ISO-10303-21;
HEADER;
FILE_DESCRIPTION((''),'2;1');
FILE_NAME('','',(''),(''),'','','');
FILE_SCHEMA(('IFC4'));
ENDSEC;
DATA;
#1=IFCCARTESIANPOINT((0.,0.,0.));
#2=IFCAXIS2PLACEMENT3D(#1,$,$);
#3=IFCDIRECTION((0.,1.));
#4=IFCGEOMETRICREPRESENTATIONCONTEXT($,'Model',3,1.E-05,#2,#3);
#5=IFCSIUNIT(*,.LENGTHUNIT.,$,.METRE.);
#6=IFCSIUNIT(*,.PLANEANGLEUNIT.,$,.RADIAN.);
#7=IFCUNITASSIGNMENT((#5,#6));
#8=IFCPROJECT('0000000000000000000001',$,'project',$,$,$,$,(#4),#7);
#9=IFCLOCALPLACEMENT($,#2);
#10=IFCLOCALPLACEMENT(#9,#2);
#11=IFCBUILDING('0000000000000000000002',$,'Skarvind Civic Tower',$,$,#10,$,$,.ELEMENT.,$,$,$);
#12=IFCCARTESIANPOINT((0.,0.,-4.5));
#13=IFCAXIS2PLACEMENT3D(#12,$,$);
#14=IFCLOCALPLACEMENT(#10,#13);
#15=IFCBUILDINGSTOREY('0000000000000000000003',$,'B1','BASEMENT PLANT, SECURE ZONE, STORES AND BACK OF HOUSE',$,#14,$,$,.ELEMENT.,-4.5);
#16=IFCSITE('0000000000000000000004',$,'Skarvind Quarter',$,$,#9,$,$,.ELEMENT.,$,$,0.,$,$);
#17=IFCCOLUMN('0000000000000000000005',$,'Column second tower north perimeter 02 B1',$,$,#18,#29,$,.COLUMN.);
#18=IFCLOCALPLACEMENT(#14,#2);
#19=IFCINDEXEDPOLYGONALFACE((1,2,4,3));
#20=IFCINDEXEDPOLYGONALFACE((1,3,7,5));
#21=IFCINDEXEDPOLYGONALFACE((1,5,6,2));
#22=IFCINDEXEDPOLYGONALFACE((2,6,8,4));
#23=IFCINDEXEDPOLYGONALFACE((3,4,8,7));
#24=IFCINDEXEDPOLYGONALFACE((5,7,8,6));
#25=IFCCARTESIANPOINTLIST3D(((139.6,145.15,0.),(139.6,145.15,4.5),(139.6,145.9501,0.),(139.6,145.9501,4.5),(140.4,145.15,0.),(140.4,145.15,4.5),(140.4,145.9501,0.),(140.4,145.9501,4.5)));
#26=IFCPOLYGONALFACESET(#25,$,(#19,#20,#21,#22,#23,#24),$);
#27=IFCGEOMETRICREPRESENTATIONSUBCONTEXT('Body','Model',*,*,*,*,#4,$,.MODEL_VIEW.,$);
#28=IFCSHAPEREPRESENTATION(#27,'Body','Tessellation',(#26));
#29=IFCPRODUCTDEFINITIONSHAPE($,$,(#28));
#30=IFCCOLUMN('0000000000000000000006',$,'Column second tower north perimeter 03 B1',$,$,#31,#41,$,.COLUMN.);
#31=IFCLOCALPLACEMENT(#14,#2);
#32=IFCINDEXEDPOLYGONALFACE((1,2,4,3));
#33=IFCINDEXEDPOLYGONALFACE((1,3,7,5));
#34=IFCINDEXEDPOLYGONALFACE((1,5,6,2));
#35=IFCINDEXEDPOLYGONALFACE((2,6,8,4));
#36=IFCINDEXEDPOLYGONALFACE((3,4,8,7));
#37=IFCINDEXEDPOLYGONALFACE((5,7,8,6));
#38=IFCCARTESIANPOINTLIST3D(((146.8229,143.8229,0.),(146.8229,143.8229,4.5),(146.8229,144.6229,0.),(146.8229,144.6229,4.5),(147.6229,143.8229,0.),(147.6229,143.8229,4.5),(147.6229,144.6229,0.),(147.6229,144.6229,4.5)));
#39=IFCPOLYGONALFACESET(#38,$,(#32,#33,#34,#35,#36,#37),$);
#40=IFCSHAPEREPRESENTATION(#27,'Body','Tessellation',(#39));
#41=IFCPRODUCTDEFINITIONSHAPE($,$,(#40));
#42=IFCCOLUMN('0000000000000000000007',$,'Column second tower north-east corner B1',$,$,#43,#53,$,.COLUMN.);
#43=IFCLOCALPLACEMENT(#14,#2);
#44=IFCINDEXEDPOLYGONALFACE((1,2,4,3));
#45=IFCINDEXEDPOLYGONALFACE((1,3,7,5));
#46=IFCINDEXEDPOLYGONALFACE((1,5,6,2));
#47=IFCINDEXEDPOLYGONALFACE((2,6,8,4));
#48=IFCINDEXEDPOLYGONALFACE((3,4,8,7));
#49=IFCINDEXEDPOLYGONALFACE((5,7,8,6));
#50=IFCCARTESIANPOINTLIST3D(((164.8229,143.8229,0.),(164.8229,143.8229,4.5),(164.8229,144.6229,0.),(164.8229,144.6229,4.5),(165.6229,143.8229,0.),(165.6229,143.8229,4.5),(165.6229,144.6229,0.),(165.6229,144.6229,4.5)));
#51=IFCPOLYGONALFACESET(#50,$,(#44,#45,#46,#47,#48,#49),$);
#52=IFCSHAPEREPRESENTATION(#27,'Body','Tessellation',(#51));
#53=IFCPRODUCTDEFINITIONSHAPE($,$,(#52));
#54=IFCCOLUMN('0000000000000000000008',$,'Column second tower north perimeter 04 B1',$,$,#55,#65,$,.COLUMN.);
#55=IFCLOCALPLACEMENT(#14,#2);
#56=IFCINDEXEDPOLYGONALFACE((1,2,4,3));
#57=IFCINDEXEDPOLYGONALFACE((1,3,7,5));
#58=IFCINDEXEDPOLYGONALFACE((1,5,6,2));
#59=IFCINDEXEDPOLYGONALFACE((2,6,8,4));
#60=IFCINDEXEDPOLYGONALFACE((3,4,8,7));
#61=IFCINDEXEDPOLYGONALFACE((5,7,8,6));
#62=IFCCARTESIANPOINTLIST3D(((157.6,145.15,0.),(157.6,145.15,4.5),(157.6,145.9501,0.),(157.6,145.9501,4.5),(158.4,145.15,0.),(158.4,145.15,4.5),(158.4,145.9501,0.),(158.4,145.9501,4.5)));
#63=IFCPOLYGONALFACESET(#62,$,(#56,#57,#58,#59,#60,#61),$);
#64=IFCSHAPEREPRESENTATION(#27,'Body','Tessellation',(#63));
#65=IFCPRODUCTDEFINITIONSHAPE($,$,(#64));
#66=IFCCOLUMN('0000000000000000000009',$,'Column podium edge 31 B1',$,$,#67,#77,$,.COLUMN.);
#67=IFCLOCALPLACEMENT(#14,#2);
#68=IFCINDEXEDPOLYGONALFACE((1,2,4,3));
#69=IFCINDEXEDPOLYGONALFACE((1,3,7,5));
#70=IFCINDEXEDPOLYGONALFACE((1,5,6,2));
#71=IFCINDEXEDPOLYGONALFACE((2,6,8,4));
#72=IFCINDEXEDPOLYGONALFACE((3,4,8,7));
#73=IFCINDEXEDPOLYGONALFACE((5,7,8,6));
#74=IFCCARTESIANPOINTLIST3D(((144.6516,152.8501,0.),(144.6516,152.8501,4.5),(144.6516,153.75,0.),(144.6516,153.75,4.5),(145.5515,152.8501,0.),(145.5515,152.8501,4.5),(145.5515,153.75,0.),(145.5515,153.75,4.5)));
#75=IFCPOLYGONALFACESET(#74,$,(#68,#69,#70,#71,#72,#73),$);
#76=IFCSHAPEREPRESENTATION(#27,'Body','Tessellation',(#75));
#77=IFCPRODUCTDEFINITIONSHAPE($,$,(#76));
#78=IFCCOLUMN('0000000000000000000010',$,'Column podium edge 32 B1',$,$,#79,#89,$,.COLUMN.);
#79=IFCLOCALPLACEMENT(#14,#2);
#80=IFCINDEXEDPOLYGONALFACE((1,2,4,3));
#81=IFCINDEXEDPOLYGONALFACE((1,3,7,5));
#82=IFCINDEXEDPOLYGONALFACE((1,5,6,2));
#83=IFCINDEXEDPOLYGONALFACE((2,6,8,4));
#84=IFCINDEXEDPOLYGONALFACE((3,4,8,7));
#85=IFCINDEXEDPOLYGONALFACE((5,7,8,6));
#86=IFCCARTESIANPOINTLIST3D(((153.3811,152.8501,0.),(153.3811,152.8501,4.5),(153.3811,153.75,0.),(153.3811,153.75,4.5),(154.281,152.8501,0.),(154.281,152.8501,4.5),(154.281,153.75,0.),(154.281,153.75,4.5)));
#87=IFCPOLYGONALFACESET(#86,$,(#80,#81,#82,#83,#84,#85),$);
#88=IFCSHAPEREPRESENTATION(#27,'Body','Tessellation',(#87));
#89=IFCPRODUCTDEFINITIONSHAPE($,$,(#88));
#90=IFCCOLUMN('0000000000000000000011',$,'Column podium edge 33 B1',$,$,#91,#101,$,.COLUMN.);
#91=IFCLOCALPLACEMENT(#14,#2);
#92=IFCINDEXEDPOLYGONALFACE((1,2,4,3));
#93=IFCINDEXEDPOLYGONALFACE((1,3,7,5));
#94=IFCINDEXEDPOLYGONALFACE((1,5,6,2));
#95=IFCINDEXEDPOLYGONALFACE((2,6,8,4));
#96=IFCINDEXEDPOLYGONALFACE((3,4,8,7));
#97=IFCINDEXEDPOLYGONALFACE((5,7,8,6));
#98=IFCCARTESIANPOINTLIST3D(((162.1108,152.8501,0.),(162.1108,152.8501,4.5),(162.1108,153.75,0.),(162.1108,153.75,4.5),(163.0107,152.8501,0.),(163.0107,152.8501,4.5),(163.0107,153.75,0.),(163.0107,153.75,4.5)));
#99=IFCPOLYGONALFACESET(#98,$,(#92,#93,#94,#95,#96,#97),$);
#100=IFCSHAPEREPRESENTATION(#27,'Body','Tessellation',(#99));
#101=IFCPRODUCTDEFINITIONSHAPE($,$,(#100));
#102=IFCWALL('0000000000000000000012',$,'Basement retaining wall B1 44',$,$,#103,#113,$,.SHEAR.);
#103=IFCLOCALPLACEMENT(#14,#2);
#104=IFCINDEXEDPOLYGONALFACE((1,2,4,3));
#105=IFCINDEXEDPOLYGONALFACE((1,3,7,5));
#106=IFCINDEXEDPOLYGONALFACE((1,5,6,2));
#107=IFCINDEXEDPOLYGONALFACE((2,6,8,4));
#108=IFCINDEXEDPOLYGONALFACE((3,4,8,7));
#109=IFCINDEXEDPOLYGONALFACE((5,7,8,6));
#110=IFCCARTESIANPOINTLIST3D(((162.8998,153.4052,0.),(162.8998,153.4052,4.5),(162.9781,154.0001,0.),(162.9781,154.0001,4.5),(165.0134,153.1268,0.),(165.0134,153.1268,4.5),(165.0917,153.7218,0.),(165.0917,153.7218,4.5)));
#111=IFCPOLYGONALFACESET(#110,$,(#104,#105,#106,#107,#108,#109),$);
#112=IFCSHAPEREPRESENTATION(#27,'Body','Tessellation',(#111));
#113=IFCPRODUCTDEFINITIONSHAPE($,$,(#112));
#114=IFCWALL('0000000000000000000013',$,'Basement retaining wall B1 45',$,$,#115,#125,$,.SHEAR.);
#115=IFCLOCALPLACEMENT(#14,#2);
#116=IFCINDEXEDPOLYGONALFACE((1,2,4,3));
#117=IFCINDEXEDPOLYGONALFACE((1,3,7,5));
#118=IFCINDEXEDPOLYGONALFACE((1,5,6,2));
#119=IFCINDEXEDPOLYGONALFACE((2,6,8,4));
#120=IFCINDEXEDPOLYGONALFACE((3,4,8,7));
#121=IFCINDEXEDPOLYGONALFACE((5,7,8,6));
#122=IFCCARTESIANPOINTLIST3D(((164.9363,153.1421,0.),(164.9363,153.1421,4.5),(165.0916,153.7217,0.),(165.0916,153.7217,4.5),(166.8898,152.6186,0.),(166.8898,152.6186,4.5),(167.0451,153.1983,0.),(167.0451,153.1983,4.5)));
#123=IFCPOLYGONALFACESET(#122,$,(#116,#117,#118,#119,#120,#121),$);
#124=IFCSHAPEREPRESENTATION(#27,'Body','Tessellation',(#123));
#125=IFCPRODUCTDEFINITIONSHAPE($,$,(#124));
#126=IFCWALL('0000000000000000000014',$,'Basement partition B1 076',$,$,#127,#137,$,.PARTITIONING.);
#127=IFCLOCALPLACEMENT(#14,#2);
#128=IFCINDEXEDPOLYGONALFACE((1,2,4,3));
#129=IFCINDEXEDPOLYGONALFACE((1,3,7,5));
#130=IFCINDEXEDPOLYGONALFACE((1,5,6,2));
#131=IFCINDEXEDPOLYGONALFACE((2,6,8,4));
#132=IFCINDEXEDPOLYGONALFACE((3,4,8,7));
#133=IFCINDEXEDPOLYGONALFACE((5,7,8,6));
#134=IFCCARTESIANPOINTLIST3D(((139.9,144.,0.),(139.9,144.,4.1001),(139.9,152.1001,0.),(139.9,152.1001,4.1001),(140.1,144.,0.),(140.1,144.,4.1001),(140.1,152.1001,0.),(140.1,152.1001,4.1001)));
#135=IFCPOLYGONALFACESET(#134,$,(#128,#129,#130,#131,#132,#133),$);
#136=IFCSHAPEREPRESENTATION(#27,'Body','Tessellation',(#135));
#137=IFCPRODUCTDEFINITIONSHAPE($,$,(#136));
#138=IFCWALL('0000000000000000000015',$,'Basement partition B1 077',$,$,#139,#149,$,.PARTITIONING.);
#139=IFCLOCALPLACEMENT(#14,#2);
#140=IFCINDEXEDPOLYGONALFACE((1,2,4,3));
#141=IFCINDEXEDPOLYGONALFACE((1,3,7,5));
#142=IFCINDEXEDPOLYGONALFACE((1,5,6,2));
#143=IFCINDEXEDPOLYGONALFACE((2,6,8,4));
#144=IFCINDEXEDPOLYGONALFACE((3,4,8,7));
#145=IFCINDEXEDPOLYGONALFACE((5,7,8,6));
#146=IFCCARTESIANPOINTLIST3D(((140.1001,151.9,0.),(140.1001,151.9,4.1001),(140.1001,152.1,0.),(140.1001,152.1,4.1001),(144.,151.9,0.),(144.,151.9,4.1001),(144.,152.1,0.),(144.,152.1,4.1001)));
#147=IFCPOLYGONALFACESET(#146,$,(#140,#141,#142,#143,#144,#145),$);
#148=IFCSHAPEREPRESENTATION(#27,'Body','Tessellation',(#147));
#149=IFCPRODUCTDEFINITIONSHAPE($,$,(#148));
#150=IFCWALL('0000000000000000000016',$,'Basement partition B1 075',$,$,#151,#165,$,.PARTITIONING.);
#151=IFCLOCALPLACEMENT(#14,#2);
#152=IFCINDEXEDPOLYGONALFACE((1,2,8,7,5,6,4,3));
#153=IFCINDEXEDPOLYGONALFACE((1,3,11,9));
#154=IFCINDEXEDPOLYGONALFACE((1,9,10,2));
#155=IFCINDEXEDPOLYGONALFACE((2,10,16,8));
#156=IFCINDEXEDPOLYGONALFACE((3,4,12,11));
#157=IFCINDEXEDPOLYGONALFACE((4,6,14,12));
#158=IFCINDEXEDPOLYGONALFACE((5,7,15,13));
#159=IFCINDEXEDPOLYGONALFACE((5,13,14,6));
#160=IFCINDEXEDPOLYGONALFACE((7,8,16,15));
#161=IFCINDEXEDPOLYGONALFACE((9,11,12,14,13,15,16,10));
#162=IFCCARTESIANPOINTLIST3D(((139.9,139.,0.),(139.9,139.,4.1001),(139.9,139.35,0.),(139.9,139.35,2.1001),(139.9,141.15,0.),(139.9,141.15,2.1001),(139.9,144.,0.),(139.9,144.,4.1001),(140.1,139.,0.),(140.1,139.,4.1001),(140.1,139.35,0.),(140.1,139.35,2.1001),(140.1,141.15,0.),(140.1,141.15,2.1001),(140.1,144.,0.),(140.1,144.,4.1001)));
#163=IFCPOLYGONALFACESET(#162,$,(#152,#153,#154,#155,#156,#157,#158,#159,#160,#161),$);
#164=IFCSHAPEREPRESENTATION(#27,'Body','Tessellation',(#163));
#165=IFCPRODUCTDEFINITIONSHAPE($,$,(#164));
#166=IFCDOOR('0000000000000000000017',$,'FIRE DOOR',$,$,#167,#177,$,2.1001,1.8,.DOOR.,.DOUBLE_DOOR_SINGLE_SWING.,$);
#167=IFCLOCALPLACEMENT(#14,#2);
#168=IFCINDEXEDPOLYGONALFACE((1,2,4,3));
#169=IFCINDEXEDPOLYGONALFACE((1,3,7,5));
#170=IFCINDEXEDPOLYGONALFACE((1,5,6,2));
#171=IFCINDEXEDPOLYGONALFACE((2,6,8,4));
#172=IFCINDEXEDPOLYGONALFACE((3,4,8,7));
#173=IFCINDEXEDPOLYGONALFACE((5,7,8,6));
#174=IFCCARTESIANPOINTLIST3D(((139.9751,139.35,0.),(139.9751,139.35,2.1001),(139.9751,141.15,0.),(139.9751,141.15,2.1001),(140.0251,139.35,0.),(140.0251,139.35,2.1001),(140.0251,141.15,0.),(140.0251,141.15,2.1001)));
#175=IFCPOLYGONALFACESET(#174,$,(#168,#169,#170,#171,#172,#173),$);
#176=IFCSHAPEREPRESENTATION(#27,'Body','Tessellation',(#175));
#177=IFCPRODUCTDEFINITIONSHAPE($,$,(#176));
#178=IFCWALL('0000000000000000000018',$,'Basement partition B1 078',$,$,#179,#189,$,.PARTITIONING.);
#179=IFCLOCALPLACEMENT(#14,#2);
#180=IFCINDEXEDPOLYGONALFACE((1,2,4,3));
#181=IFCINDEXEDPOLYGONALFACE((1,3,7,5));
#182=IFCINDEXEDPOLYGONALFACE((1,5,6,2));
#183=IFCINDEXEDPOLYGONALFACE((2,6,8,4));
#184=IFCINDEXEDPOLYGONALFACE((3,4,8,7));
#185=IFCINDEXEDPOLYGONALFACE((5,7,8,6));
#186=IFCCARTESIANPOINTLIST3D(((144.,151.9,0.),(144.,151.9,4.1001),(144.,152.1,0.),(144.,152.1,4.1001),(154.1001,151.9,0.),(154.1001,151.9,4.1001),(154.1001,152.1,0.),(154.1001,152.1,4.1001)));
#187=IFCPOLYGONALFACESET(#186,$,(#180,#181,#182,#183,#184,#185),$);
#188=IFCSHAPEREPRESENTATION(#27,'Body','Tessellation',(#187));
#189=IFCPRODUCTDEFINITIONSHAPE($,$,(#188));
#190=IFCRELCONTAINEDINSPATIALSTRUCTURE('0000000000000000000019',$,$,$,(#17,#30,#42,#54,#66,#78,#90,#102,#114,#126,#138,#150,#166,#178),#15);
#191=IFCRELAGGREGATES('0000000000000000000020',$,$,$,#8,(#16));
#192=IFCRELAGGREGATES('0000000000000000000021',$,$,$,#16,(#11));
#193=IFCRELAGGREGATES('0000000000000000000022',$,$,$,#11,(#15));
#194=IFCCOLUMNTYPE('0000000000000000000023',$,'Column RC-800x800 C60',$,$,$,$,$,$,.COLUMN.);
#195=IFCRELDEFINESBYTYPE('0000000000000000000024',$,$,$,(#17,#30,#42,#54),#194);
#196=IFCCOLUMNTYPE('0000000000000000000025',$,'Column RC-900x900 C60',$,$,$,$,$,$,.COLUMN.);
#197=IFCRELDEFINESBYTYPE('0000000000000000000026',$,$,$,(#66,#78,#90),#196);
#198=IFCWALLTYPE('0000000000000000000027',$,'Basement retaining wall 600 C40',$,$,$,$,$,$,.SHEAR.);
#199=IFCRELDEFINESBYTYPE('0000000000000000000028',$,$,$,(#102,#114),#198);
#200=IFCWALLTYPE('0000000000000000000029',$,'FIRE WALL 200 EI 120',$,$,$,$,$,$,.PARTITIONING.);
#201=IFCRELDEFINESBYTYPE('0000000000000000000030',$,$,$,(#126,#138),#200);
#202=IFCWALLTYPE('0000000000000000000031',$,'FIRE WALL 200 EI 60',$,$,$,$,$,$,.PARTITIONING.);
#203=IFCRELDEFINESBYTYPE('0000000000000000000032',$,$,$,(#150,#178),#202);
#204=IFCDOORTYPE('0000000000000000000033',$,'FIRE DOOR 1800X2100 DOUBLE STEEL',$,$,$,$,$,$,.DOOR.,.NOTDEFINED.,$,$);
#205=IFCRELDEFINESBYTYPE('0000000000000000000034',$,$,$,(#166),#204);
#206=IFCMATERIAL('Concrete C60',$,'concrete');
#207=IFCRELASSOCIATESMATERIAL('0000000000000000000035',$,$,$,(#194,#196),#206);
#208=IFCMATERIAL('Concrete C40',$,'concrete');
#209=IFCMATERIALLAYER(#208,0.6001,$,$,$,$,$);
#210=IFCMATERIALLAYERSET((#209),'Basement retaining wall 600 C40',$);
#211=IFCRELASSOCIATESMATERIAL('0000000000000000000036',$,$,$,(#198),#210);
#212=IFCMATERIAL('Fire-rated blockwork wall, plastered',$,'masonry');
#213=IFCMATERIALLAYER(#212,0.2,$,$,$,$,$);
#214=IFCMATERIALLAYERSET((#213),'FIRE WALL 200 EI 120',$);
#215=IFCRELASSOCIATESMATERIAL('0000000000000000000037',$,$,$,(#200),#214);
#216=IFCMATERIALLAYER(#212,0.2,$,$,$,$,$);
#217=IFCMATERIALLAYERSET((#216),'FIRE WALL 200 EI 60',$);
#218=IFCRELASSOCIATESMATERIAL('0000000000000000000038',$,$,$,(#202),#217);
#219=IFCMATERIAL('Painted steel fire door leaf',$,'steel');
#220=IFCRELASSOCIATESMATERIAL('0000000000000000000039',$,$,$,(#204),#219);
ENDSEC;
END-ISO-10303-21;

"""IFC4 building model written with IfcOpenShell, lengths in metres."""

from ifc_helpers import new_model, si_unit, direction, frame, frame_2d, origin, origin_2d, place, context, subcontext, project, spatial, rectangle, extrude, material, layer, layer_set, material_profile, profile_set, type_object, element, fill, save


model = new_model("IFC4")

# Units and contexts
model_context = context("Model", 3, precision=1e-05, world=origin(), true_north=direction((0.0, 1.0)))
body_context = subcontext(model_context, "Body", "Model", "MODEL_VIEW")
ifc_project = project(units=[si_unit("LENGTHUNIT", "METRE"), si_unit("PLANEANGLEUNIT", "RADIAN")], contexts=[model_context])

# Site, building, storey
site_placement = place(None, origin())
site = spatial("IfcSite", under=ifc_project, at=site_placement, Name="Skarvind Quarter", CompositionType="ELEMENT", RefElevation=0.0)
building_placement = place(site_placement, origin())
building = spatial("IfcBuilding", under=site, at=building_placement, Name="Skarvind Civic Tower", CompositionType="ELEMENT")
storey_placement = place(building_placement, frame((0.0, 0.0, -4.5)))
storey = spatial("IfcBuildingStorey", under=building, at=storey_placement, Name="B1", Description="BASEMENT PLANT, SECURE ZONE, STORES AND BACK OF HOUSE", CompositionType="ELEMENT", Elevation=-4.5)

# Columns
ifc_material_1 = material(Name="Concrete C60", Category="concrete")
ifc_material_profile_1 = material_profile(ifc_material_1, rectangle(XDim=0.8, YDim=0.8, at=origin_2d()), Name="RC-800x800")
ifc_profile_set_1 = profile_set([ifc_material_profile_1], Name="Concrete C60")
column_type_1 = type_object("IfcColumnType", Name="Column RC-800x800 C60", PredefinedType="COLUMN", material=ifc_profile_set_1)
for number, where, z_axis, x_axis, name in (
    (1, (140.0, 145.55, 0.0), (0.0, 0.0, 1.0), (1.0, 0.0, 0.0), "Column second tower north perimeter 02 B1"),
    (2, (147.2229, 144.2229, 0.0), (0.0, 0.0, 1.0), (1.0, 0.0, 0.0), "Column second tower north perimeter 03 B1"),
    (3, (165.2229, 144.2229, 0.0), (0.0, 0.0, 1.0), (1.0, 0.0, 0.0), "Column second tower north-east corner B1"),
    (4, (158.0, 145.55, 0.0), (0.0, 0.0, 1.0), (1.0, 0.0, 0.0), "Column second tower north perimeter 04 B1"),
):
    element("IfcColumn", number, at=place(storey_placement, frame(where, z_axis=z_axis, x_axis=x_axis)), inside=storey, type_object=column_type_1, Name=name, PredefinedType="COLUMN", context=body_context, shape_type="SweptSolid", body=[
        extrude(rectangle(XDim=0.8, YDim=0.8, at=origin_2d()), origin(), (0.0, 0.0, 1.0), 4.5),
    ])
ifc_material_profile_2 = material_profile(ifc_material_1, rectangle(XDim=0.8999, YDim=0.8999, at=origin_2d()), Name="RC-900x900")
ifc_profile_set_2 = profile_set([ifc_material_profile_2], Name="Concrete C60")
column_type_2 = type_object("IfcColumnType", Name="Column RC-900x900 C60", PredefinedType="COLUMN", material=ifc_profile_set_2)
for number, where, z_axis, x_axis, name in (
    (5, (145.1016, 153.3, 0.0), (0.0, 0.0, 1.0), (1.0, 0.0, 0.0), "Column podium edge 31 B1"),
    (6, (153.8311, 153.3, 0.0), (0.0, 0.0, 1.0), (1.0, 0.0, 0.0), "Column podium edge 32 B1"),
    (7, (162.5608, 153.3, 0.0), (0.0, 0.0, 1.0), (1.0, 0.0, 0.0), "Column podium edge 33 B1"),
):
    element("IfcColumn", number, at=place(storey_placement, frame(where, z_axis=z_axis, x_axis=x_axis)), inside=storey, type_object=column_type_2, Name=name, PredefinedType="COLUMN", context=body_context, shape_type="SweptSolid", body=[
        extrude(rectangle(XDim=0.8999, YDim=0.8999, at=origin_2d()), origin(), (0.0, 0.0, 1.0), 4.5),
    ])

# Walls
ifc_material_2 = material(Name="Concrete C40", Category="concrete")
ifc_layer_1 = layer(ifc_material_2, 0.6001)
ifc_layer_set_1 = layer_set([ifc_layer_1], Name="Basement retaining wall 600 C40")
wall_type_1 = type_object("IfcWallType", Name="Basement retaining wall 600 C40", PredefinedType="SHEAR", material=ifc_layer_set_1)
wall_1_placement = place(storey_placement, frame((162.939, 153.7026, 0.0), z_axis=(0.0, 0.0, 1.0), x_axis=(0.991441, -0.130558, 0.0)))
element("IfcWall", 8, at=wall_1_placement, inside=storey, type_object=wall_type_1, Name="Basement retaining wall B1 44", PredefinedType="SHEAR", context=body_context, shape_type="SweptSolid", body=[
    extrude(rectangle(XDim=2.1318, YDim=0.6001, at=frame_2d((1.0659, 0.0))), origin(), (0.0, 0.0, 1.0), 4.5),
])
wall_2_placement = place(storey_placement, frame((165.0139, 153.4319, 0.0), z_axis=(0.0, 0.0, 1.0), x_axis=(0.96593, -0.258804, 0.0)))
element("IfcWall", 9, at=wall_2_placement, inside=storey, type_object=wall_type_1, Name="Basement retaining wall B1 45", PredefinedType="SHEAR", context=body_context, shape_type="SweptSolid", body=[
    extrude(rectangle(XDim=2.0225, YDim=0.6001, at=frame_2d((1.0112, 0.0))), origin(), (0.0, 0.0, 1.0), 4.5),
])
ifc_material_3 = material(Name="Fire-rated blockwork wall, plastered", Category="masonry")
ifc_layer_2 = layer(ifc_material_3, 0.2)
ifc_layer_set_2 = layer_set([ifc_layer_2], Name="FIRE WALL 200 EI 120")
wall_type_2 = type_object("IfcWallType", Name="FIRE WALL 200 EI 120", PredefinedType="PARTITIONING", material=ifc_layer_set_2)
wall_3_placement = place(storey_placement, frame((140.0, 144.0, 0.0), z_axis=(0.0, 0.0, 1.0), x_axis=(0.0, 1.0, 0.0)))
element("IfcWall", 10, at=wall_3_placement, inside=storey, type_object=wall_type_2, Name="Basement partition B1 076", PredefinedType="PARTITIONING", context=body_context, shape_type="SweptSolid", body=[
    extrude(rectangle(XDim=8.1001, YDim=0.2, at=frame_2d((4.05, 0.0))), origin(), (0.0, 0.0, 1.0), 4.1001),
])
wall_4_placement = place(storey_placement, frame((140.1001, 152.0, 0.0), z_axis=(0.0, 0.0, 1.0), x_axis=(1.0, 0.0, 0.0)))
element("IfcWall", 11, at=wall_4_placement, inside=storey, type_object=wall_type_2, Name="Basement partition B1 077", PredefinedType="PARTITIONING", context=body_context, shape_type="SweptSolid", body=[
    extrude(rectangle(XDim=3.8999, YDim=0.2, at=frame_2d((1.95, 0.0))), origin(), (0.0, 0.0, 1.0), 4.1001),
])

# Wall, opening, door
ifc_layer_3 = layer(ifc_material_3, 0.2)
ifc_layer_set_3 = layer_set([ifc_layer_3], Name="FIRE WALL 200 EI 60")
wall_type_3 = type_object("IfcWallType", Name="FIRE WALL 200 EI 60", PredefinedType="PARTITIONING", material=ifc_layer_set_3)
wall_5_placement = place(storey_placement, frame((140.0, 139.0, 0.0), z_axis=(0.0, 0.0, 1.0), x_axis=(0.0, 1.0, 0.0)))
wall_5 = element("IfcWall", 12, at=wall_5_placement, inside=storey, type_object=wall_type_3, Name="Basement partition B1 075", PredefinedType="PARTITIONING", context=body_context, shape_type="SweptSolid", body=[
    extrude(rectangle(XDim=5.0, YDim=0.2, at=frame_2d((2.5, 0.0))), origin(), (0.0, 0.0, 1.0), 4.1001),
])
opening_1_placement = place(wall_5_placement, frame((0.3501, 0.0, 0.0)))
opening_1 = element("IfcOpeningElement", 13, at=opening_1_placement, cuts=wall_5, PredefinedType="OPENING", context=body_context, shape_type="SweptSolid", body=[
    extrude(rectangle(XDim=1.8, YDim=2.1001, at=frame_2d((0.8999, 1.05))), frame((0.0, 0.1099, 0.0), z_axis=(0.0, -1.0, 0.0), x_axis=(1.0, 0.0, 0.0)), (0.0, 0.0, 1.0), 0.22),
])
ifc_material_4 = material(Name="Painted steel fire door leaf", Category="steel")
door_type = type_object("IfcDoorType", Name="FIRE DOOR 1800X2100 DOUBLE STEEL", OperationType="NOTDEFINED", PredefinedType="DOOR", material=ifc_material_4)
door_1_placement = place(opening_1_placement, origin())
door_1 = element("IfcDoor", 14, at=door_1_placement, inside=storey, type_object=door_type, Name="FIRE DOOR", OperationType="DOUBLE_DOOR_SINGLE_SWING", OverallHeight=2.1001, OverallWidth=1.8, PredefinedType="DOOR", context=body_context, shape_type="SweptSolid", body=[
    extrude(rectangle(XDim=1.8, YDim=2.1001, at=frame_2d((0.8999, 1.05))), frame((0.0, 0.0249, 0.0), z_axis=(0.0, -1.0, 0.0), x_axis=(1.0, 0.0, 0.0)), (0.0, 0.0, 1.0), 0.05),
])
fill(opening_1, door_1)

# Wall
wall_6_placement = place(storey_placement, frame((144.0, 152.0, 0.0), z_axis=(0.0, 0.0, 1.0), x_axis=(1.0, 0.0, 0.0)))
element("IfcWall", 15, at=wall_6_placement, inside=storey, type_object=wall_type_3, Name="Basement partition B1 078", PredefinedType="PARTITIONING", context=body_context, shape_type="SweptSolid", body=[
    extrude(rectangle(XDim=10.1001, YDim=0.2, at=frame_2d((5.05, 0.0))), origin(), (0.0, 0.0, 1.0), 4.1001),
])

save(model, "model.ifc")
